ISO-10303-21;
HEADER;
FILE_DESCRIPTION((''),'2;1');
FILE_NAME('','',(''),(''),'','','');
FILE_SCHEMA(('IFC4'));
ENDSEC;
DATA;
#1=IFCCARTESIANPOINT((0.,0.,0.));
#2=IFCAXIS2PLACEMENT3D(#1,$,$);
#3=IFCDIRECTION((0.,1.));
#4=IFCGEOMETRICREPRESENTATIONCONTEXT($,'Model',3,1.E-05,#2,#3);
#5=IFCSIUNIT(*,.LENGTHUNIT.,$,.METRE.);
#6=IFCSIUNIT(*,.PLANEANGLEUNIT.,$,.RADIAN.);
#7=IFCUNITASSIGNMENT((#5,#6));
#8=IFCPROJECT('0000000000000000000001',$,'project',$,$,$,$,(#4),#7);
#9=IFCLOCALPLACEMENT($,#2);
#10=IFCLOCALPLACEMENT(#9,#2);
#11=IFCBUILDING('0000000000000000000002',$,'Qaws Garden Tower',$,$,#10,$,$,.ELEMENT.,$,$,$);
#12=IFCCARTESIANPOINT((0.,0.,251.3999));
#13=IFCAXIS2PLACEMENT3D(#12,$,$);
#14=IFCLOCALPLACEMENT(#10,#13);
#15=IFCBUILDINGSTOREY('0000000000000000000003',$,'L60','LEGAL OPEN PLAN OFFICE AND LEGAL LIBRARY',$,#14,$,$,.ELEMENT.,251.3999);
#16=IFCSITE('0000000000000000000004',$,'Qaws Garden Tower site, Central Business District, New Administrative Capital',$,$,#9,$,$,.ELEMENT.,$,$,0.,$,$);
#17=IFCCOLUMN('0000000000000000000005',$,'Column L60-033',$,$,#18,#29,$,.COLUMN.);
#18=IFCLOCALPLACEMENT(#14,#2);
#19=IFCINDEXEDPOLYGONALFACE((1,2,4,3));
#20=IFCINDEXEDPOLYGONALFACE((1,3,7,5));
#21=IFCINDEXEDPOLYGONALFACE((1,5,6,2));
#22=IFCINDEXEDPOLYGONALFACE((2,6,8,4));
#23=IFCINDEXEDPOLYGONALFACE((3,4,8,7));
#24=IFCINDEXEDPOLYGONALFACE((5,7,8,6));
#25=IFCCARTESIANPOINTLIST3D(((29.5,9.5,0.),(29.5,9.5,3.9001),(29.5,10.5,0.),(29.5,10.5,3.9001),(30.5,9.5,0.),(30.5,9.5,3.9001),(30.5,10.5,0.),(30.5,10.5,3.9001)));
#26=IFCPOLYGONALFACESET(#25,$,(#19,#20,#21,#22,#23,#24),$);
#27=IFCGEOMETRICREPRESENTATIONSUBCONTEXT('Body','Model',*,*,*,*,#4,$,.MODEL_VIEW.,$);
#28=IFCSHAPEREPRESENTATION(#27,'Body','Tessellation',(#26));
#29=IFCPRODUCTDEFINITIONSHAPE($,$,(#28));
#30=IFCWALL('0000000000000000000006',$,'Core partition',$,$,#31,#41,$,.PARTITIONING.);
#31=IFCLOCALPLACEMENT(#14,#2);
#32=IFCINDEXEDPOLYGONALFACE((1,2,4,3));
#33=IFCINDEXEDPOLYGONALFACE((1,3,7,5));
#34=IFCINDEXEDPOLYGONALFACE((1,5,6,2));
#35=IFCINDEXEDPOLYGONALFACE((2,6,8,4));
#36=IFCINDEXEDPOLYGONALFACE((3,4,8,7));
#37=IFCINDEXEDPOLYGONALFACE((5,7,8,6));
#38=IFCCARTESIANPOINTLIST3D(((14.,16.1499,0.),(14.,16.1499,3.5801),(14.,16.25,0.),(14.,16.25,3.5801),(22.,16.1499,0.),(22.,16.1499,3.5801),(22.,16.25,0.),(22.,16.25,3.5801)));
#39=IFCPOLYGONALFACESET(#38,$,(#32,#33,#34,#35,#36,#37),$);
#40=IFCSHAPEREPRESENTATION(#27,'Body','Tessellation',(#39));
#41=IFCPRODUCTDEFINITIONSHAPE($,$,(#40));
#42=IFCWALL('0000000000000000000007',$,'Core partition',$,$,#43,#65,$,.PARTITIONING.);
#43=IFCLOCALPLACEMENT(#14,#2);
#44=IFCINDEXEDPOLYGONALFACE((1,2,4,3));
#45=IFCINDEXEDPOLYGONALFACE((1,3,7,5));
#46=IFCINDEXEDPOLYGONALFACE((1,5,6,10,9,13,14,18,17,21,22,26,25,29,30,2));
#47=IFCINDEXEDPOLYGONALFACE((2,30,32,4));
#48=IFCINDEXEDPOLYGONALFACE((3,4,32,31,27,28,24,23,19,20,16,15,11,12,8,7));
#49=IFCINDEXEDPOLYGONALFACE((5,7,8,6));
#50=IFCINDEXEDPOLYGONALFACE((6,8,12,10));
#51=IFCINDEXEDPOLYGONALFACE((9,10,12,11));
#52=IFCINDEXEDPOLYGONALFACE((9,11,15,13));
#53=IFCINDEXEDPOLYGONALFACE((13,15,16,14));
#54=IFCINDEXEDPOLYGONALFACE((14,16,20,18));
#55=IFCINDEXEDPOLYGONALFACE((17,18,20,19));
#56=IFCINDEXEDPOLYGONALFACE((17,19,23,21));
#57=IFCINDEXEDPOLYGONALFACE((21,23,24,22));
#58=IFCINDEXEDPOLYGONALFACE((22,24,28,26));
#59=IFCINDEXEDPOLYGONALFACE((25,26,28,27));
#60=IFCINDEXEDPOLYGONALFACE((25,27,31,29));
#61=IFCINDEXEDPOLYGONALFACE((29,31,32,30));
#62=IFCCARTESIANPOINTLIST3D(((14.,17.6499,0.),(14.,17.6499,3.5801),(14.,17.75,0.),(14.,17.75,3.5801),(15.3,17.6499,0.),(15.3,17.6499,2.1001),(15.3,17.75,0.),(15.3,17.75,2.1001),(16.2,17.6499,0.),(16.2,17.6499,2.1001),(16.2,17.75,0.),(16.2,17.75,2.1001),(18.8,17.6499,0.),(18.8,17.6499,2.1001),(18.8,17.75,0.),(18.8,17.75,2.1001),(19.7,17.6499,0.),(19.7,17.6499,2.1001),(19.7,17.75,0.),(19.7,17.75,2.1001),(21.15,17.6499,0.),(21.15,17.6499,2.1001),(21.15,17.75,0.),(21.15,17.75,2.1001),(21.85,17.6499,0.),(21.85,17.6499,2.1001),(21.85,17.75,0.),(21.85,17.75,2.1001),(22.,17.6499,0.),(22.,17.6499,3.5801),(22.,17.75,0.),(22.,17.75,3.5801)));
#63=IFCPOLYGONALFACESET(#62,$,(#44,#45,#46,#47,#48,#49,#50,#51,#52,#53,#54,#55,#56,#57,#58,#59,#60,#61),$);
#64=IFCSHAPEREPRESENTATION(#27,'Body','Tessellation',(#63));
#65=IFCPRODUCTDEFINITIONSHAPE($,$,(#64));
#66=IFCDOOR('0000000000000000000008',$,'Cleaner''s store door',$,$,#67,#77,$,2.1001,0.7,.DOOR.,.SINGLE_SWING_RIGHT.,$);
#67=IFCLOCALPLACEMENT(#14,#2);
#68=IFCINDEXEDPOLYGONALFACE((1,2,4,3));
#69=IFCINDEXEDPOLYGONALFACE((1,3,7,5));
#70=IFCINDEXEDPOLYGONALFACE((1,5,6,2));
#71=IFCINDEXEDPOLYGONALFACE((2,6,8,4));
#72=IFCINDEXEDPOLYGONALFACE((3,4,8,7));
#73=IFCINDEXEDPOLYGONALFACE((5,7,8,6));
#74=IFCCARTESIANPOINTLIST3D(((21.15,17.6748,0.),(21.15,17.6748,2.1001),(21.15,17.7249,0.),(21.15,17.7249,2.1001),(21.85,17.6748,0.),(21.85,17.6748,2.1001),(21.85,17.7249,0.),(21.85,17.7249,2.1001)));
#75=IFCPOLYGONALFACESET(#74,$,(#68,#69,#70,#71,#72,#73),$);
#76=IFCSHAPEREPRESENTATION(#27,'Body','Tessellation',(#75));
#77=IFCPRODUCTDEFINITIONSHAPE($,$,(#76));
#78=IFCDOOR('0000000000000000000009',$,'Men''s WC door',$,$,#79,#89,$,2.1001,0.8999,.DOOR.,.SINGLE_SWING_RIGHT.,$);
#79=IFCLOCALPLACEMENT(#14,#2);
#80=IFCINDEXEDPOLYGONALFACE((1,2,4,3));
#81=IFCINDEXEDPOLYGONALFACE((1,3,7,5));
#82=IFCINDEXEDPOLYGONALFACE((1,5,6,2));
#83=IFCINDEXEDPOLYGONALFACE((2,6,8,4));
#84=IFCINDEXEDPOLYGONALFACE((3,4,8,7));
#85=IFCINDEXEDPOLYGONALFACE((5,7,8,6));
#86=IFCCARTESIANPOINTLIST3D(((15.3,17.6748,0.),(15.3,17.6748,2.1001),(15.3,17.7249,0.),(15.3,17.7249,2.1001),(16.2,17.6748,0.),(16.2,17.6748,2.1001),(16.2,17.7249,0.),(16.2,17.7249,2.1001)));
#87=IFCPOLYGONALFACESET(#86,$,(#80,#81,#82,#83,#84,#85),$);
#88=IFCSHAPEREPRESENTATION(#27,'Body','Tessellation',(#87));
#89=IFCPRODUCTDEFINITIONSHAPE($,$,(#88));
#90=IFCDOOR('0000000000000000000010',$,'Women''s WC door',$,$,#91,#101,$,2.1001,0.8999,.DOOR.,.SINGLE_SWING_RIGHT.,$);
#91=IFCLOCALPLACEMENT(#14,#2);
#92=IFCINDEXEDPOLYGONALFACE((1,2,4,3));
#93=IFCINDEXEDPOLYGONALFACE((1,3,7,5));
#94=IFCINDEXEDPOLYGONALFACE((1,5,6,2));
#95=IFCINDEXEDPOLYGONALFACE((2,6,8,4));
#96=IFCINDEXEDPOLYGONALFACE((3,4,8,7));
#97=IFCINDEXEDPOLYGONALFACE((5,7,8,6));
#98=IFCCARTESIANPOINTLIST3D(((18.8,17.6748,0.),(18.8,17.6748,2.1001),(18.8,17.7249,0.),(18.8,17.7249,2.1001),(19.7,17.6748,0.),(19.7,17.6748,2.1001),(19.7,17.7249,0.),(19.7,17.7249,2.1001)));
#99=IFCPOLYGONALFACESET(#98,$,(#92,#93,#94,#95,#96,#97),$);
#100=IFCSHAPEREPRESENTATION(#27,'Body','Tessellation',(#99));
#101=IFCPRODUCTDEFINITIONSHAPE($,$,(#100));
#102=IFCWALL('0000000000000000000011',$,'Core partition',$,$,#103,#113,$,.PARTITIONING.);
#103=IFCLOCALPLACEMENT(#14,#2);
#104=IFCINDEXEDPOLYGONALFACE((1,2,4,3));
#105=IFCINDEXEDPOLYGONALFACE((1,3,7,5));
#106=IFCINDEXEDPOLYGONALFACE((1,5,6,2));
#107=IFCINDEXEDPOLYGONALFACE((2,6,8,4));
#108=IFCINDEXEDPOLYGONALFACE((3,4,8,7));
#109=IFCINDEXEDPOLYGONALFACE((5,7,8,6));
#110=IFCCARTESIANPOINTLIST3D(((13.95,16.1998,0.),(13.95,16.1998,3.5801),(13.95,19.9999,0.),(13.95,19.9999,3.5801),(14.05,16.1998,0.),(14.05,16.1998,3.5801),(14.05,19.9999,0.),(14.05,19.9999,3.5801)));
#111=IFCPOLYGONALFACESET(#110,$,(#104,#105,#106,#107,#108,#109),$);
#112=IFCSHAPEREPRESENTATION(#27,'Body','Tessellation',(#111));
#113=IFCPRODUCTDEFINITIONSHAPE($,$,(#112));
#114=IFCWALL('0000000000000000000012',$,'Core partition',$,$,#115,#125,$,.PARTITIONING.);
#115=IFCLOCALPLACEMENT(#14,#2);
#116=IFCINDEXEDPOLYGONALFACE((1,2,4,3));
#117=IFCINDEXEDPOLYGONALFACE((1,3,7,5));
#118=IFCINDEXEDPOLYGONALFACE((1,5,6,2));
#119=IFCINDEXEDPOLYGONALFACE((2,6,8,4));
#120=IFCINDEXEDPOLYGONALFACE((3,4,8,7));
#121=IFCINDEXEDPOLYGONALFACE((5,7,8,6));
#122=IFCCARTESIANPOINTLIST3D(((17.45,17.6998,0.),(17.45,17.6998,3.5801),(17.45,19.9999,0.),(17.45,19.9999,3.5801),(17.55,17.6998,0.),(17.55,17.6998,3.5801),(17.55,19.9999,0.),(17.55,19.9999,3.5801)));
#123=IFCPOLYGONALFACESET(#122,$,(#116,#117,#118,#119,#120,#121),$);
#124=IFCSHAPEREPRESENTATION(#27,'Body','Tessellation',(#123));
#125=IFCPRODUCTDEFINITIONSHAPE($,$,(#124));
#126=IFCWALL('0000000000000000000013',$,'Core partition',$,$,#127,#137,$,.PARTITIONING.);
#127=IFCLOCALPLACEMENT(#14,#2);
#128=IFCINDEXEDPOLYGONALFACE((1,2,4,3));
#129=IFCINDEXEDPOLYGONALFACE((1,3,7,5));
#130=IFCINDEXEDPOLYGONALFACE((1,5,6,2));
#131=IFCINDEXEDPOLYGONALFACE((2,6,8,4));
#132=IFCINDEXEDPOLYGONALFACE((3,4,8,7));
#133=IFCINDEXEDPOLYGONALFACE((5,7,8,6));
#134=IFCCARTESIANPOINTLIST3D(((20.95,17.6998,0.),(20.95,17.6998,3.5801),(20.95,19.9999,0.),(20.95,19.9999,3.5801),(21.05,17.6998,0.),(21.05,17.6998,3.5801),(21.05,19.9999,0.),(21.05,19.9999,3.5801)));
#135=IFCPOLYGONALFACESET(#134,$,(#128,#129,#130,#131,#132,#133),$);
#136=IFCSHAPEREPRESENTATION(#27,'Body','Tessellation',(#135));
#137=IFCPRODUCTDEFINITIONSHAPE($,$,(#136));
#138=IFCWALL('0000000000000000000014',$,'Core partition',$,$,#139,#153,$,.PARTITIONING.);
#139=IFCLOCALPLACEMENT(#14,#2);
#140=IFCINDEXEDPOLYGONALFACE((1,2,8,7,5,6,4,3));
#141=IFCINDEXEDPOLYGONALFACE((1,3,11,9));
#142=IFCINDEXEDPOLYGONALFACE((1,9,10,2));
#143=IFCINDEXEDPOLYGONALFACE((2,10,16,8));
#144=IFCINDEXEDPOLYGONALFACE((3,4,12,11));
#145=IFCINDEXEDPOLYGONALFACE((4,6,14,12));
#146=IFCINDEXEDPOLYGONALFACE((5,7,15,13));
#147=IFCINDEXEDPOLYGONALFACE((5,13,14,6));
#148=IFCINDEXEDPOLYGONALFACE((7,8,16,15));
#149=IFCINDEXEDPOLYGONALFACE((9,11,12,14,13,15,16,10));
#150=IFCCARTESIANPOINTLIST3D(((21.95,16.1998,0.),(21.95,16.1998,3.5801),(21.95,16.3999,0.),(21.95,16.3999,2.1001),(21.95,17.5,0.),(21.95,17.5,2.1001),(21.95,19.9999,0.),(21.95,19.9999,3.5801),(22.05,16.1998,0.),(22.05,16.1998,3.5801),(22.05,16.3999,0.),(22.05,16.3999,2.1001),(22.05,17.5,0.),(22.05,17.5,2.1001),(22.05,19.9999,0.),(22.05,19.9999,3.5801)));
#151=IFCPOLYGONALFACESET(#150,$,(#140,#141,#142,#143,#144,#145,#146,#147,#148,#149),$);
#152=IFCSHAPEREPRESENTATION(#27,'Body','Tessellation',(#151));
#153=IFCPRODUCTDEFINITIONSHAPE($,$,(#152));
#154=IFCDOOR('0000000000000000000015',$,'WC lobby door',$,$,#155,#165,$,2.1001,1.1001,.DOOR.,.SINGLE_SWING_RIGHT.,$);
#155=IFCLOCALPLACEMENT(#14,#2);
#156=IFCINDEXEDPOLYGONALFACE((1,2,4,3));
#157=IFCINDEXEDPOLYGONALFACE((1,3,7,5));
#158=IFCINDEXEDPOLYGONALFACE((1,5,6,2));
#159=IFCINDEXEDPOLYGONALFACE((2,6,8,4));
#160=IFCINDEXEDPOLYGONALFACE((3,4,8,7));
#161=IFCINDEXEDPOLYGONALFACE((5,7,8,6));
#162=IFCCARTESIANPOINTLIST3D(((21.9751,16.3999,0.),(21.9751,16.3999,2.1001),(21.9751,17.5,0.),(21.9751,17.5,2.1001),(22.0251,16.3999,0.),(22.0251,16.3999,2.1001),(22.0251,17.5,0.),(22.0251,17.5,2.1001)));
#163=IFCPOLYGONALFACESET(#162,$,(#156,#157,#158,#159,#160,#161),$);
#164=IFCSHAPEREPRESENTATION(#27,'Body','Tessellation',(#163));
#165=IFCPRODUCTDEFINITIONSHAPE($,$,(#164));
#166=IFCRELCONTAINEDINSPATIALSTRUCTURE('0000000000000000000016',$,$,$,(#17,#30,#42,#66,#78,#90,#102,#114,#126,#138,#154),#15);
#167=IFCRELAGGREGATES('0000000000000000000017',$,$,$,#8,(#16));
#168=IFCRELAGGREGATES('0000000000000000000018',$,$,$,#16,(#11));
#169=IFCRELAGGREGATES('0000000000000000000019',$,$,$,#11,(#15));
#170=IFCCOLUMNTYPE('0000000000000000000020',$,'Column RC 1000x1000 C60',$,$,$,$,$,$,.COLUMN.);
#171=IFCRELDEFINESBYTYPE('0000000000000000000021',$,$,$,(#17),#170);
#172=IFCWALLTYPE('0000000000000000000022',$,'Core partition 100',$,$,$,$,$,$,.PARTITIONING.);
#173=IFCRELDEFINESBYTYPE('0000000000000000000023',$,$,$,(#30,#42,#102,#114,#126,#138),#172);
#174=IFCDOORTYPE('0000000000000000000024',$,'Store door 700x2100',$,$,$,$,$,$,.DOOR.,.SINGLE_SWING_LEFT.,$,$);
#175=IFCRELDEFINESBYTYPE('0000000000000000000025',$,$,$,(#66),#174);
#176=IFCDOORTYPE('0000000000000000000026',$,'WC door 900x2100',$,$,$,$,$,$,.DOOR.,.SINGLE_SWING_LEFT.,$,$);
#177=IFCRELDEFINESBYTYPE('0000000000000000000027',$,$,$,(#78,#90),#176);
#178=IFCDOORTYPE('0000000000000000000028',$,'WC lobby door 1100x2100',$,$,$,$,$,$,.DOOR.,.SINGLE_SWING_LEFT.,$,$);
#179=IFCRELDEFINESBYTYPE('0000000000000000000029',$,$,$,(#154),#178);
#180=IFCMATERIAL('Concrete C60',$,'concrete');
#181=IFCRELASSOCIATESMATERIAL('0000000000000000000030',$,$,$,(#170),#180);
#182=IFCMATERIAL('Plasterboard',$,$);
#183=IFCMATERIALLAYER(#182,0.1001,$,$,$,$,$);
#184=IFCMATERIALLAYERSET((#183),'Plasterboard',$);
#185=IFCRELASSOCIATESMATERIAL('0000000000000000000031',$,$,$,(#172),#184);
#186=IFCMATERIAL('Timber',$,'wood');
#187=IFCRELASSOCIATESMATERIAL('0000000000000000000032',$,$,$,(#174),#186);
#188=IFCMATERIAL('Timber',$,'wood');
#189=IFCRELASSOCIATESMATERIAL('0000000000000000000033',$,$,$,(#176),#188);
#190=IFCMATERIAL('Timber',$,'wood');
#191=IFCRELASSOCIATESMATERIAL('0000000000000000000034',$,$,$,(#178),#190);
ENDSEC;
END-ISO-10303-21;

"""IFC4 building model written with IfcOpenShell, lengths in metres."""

from ifc_helpers import new_model, si_unit, direction, frame, frame_2d, origin, origin_2d, place, context, subcontext, project, spatial, rectangle, extrude, material, layer, layer_set, material_profile, profile_set, type_object, element, fill, save


model = new_model("IFC4")

# Units and contexts
model_context = context("Model", 3, precision=1e-05, world=origin(), true_north=direction((0.0, 1.0)))
body_context = subcontext(model_context, "Body", "Model", "MODEL_VIEW")
ifc_project = project(units=[si_unit("LENGTHUNIT", "METRE"), si_unit("PLANEANGLEUNIT", "RADIAN")], contexts=[model_context])

# Site, building, storey
site_placement = place(None, origin())
site = spatial("IfcSite", under=ifc_project, at=site_placement, Name="Qaws Garden Tower site, Central Business District, New Administrative Capital", CompositionType="ELEMENT", RefElevation=0.0)
building_placement = place(site_placement, origin())
building = spatial("IfcBuilding", under=site, at=building_placement, Name="Qaws Garden Tower", CompositionType="ELEMENT")
storey_placement = place(building_placement, frame((0.0, 0.0, 251.3999)))
storey = spatial("IfcBuildingStorey", under=building, at=storey_placement, Name="L60", Description="LEGAL OPEN PLAN OFFICE AND LEGAL LIBRARY", CompositionType="ELEMENT", Elevation=251.3999)

# Column
ifc_material_1 = material(Name="Concrete C60", Category="concrete")
ifc_material_profile = material_profile(ifc_material_1, rectangle(XDim=1.0, YDim=1.0, at=origin_2d()), Name="RC 1000x1000")
ifc_profile_set = profile_set([ifc_material_profile], Name="Concrete C60")
column_type = type_object("IfcColumnType", Name="Column RC 1000x1000 C60", PredefinedType="COLUMN", material=ifc_profile_set)
column_placement = place(storey_placement, frame((30.0, 10.0, 0.0), z_axis=(0.0, 0.0, 1.0), x_axis=(1.0, 0.0, 0.0)))
element("IfcColumn", 1, at=column_placement, inside=storey, type_object=column_type, Name="Column L60-033", PredefinedType="COLUMN", context=body_context, shape_type="SweptSolid", body=[
    extrude(rectangle(XDim=1.0, YDim=1.0, at=origin_2d()), origin(), (0.0, 0.0, 1.0), 3.9001),
])

# Wall
ifc_material_2 = material(Name="Plasterboard")
ifc_layer_1 = layer(ifc_material_2, 0.1001)
ifc_layer_set_1 = layer_set([ifc_layer_1], Name="Plasterboard")
wall_type_1 = type_object("IfcWallType", Name="Core partition 100", PredefinedType="PARTITIONING", material=ifc_layer_set_1)
wall_1_placement = place(storey_placement, frame((14.0, 16.2, 0.0), z_axis=(0.0, 0.0, 1.0), x_axis=(1.0, 0.0, 0.0)))
element("IfcWall", 2, at=wall_1_placement, inside=storey, type_object=wall_type_1, Name="Core partition", PredefinedType="PARTITIONING", context=body_context, shape_type="SweptSolid", body=[
    extrude(rectangle(XDim=8.0, YDim=0.1001, at=frame_2d((4.0, 0.0))), origin(), (0.0, 0.0, 1.0), 3.5801),
])

# Wall, openings, doors
wall_2_placement = place(storey_placement, frame((14.0, 17.7, 0.0), z_axis=(0.0, 0.0, 1.0), x_axis=(1.0, 0.0, 0.0)))
wall_2 = element("IfcWall", 3, at=wall_2_placement, inside=storey, type_object=wall_type_1, Name="Core partition", PredefinedType="PARTITIONING", context=body_context, shape_type="SweptSolid", body=[
    extrude(rectangle(XDim=8.0, YDim=0.1001, at=frame_2d((4.0, 0.0))), origin(), (0.0, 0.0, 1.0), 3.5801),
])
opening_1_placement = place(wall_2_placement, frame((1.3, 0.0, 0.0)))
opening_1 = element("IfcOpeningElement", 4, at=opening_1_placement, cuts=wall_2, PredefinedType="OPENING", context=body_context, shape_type="SweptSolid", body=[
    extrude(rectangle(XDim=0.8999, YDim=2.1001, at=frame_2d((0.45, 1.05))), frame((0.0, 0.0601, 0.0), z_axis=(0.0, -1.0, 0.0), x_axis=(1.0, 0.0, 0.0)), (0.0, 0.0, 1.0), 0.1201),
])
opening_2_placement = place(wall_2_placement, frame((4.8, 0.0, 0.0)))
opening_2 = element("IfcOpeningElement", 5, at=opening_2_placement, cuts=wall_2, PredefinedType="OPENING", context=body_context, shape_type="SweptSolid", body=[
    extrude(rectangle(XDim=0.8999, YDim=2.1001, at=frame_2d((0.45, 1.05))), frame((0.0, 0.0601, 0.0), z_axis=(0.0, -1.0, 0.0), x_axis=(1.0, 0.0, 0.0)), (0.0, 0.0, 1.0), 0.1201),
])
opening_3_placement = place(wall_2_placement, frame((7.1499, 0.0, 0.0)))
opening_3 = element("IfcOpeningElement", 6, at=opening_3_placement, cuts=wall_2, PredefinedType="OPENING", context=body_context, shape_type="SweptSolid", body=[
    extrude(rectangle(XDim=0.7, YDim=2.1001, at=frame_2d((0.3501, 1.05))), frame((0.0, 0.0601, 0.0), z_axis=(0.0, -1.0, 0.0), x_axis=(1.0, 0.0, 0.0)), (0.0, 0.0, 1.0), 0.1201),
])
ifc_material_3 = material(Name="Timber", Category="wood")
door_type_1 = type_object("IfcDoorType", Name="Store door 700x2100", OperationType="SINGLE_SWING_LEFT", PredefinedType="DOOR", material=ifc_material_3)
door_1_placement = place(opening_3_placement, origin())
door_1 = element("IfcDoor", 7, at=door_1_placement, inside=storey, type_object=door_type_1, Name="Cleaner's store door", OperationType="SINGLE_SWING_RIGHT", OverallHeight=2.1001, OverallWidth=0.7, PredefinedType="DOOR", context=body_context, shape_type="SweptSolid", body=[
    extrude(rectangle(XDim=0.7, YDim=2.1001, at=frame_2d((0.3501, 1.05))), frame((0.0, 0.0249, 0.0), z_axis=(0.0, -1.0, 0.0), x_axis=(1.0, 0.0, 0.0)), (0.0, 0.0, 1.0), 0.05),
])
fill(opening_3, door_1)
ifc_material_4 = material(Name="Timber", Category="wood")
door_type_2 = type_object("IfcDoorType", Name="WC door 900x2100", OperationType="SINGLE_SWING_LEFT", PredefinedType="DOOR", material=ifc_material_4)
door_2_placement = place(opening_1_placement, origin())
door_2 = element("IfcDoor", 8, at=door_2_placement, inside=storey, type_object=door_type_2, Name="Men's WC door", OperationType="SINGLE_SWING_RIGHT", OverallHeight=2.1001, OverallWidth=0.8999, PredefinedType="DOOR", context=body_context, shape_type="SweptSolid", body=[
    extrude(rectangle(XDim=0.8999, YDim=2.1001, at=frame_2d((0.45, 1.05))), frame((0.0, 0.0249, 0.0), z_axis=(0.0, -1.0, 0.0), x_axis=(1.0, 0.0, 0.0)), (0.0, 0.0, 1.0), 0.05),
])
fill(opening_1, door_2)
door_3_placement = place(opening_2_placement, origin())
door_3 = element("IfcDoor", 9, at=door_3_placement, inside=storey, type_object=door_type_2, Name="Women's WC door", OperationType="SINGLE_SWING_RIGHT", OverallHeight=2.1001, OverallWidth=0.8999, PredefinedType="DOOR", context=body_context, shape_type="SweptSolid", body=[
    extrude(rectangle(XDim=0.8999, YDim=2.1001, at=frame_2d((0.45, 1.05))), frame((0.0, 0.0249, 0.0), z_axis=(0.0, -1.0, 0.0), x_axis=(1.0, 0.0, 0.0)), (0.0, 0.0, 1.0), 0.05),
])
fill(opening_2, door_3)

# Walls
wall_3_placement = place(storey_placement, frame((14.0, 16.2, 0.0), z_axis=(0.0, 0.0, 1.0), x_axis=(0.0, 1.0, 0.0)))
element("IfcWall", 10, at=wall_3_placement, inside=storey, type_object=wall_type_1, Name="Core partition", PredefinedType="PARTITIONING", context=body_context, shape_type="SweptSolid", body=[
    extrude(rectangle(XDim=3.8, YDim=0.1001, at=frame_2d((1.8999, 0.0))), origin(), (0.0, 0.0, 1.0), 3.5801),
])
for number, where, z_axis, x_axis, name in (
    (11, (17.5, 17.7, 0.0), (0.0, 0.0, 1.0), (0.0, 1.0, 0.0), "Core partition"),
    (12, (21.0, 17.7, 0.0), (0.0, 0.0, 1.0), (0.0, 1.0, 0.0), "Core partition"),
):
    element("IfcWall", number, at=place(storey_placement, frame(where, z_axis=z_axis, x_axis=x_axis)), inside=storey, type_object=wall_type_1, Name=name, PredefinedType="PARTITIONING", context=body_context, shape_type="SweptSolid", body=[
        extrude(rectangle(XDim=2.3, YDim=0.1001, at=frame_2d((1.1499, 0.0))), origin(), (0.0, 0.0, 1.0), 3.5801),
    ])

# Wall, opening, door
wall_4_placement = place(storey_placement, frame((22.0, 16.2, 0.0), z_axis=(0.0, 0.0, 1.0), x_axis=(0.0, 1.0, 0.0)))
wall_4 = element("IfcWall", 13, at=wall_4_placement, inside=storey, type_object=wall_type_1, Name="Core partition", PredefinedType="PARTITIONING", context=body_context, shape_type="SweptSolid", body=[
    extrude(rectangle(XDim=3.8, YDim=0.1001, at=frame_2d((1.8999, 0.0))), origin(), (0.0, 0.0, 1.0), 3.5801),
])
opening_4_placement = place(wall_4_placement, frame((0.2, 0.0, 0.0)))
opening_4 = element("IfcOpeningElement", 14, at=opening_4_placement, cuts=wall_4, PredefinedType="OPENING", context=body_context, shape_type="SweptSolid", body=[
    extrude(rectangle(XDim=1.1001, YDim=2.1001, at=frame_2d((0.55, 1.05))), frame((0.0, 0.0601, 0.0), z_axis=(0.0, -1.0, 0.0), x_axis=(1.0, 0.0, 0.0)), (0.0, 0.0, 1.0), 0.1201),
])
ifc_material_5 = material(Name="Timber", Category="wood")
door_type_3 = type_object("IfcDoorType", Name="WC lobby door 1100x2100", OperationType="SINGLE_SWING_LEFT", PredefinedType="DOOR", material=ifc_material_5)
door_4_placement = place(opening_4_placement, origin())
door_4 = element("IfcDoor", 15, at=door_4_placement, inside=storey, type_object=door_type_3, Name="WC lobby door", OperationType="SINGLE_SWING_RIGHT", OverallHeight=2.1001, OverallWidth=1.1001, PredefinedType="DOOR", context=body_context, shape_type="SweptSolid", body=[
    extrude(rectangle(XDim=1.1001, YDim=2.1001, at=frame_2d((0.55, 1.05))), frame((0.0, 0.0249, 0.0), z_axis=(0.0, -1.0, 0.0), x_axis=(1.0, 0.0, 0.0)), (0.0, 0.0, 1.0), 0.05),
])
fill(opening_4, door_4)

save(model, "model.ifc")
